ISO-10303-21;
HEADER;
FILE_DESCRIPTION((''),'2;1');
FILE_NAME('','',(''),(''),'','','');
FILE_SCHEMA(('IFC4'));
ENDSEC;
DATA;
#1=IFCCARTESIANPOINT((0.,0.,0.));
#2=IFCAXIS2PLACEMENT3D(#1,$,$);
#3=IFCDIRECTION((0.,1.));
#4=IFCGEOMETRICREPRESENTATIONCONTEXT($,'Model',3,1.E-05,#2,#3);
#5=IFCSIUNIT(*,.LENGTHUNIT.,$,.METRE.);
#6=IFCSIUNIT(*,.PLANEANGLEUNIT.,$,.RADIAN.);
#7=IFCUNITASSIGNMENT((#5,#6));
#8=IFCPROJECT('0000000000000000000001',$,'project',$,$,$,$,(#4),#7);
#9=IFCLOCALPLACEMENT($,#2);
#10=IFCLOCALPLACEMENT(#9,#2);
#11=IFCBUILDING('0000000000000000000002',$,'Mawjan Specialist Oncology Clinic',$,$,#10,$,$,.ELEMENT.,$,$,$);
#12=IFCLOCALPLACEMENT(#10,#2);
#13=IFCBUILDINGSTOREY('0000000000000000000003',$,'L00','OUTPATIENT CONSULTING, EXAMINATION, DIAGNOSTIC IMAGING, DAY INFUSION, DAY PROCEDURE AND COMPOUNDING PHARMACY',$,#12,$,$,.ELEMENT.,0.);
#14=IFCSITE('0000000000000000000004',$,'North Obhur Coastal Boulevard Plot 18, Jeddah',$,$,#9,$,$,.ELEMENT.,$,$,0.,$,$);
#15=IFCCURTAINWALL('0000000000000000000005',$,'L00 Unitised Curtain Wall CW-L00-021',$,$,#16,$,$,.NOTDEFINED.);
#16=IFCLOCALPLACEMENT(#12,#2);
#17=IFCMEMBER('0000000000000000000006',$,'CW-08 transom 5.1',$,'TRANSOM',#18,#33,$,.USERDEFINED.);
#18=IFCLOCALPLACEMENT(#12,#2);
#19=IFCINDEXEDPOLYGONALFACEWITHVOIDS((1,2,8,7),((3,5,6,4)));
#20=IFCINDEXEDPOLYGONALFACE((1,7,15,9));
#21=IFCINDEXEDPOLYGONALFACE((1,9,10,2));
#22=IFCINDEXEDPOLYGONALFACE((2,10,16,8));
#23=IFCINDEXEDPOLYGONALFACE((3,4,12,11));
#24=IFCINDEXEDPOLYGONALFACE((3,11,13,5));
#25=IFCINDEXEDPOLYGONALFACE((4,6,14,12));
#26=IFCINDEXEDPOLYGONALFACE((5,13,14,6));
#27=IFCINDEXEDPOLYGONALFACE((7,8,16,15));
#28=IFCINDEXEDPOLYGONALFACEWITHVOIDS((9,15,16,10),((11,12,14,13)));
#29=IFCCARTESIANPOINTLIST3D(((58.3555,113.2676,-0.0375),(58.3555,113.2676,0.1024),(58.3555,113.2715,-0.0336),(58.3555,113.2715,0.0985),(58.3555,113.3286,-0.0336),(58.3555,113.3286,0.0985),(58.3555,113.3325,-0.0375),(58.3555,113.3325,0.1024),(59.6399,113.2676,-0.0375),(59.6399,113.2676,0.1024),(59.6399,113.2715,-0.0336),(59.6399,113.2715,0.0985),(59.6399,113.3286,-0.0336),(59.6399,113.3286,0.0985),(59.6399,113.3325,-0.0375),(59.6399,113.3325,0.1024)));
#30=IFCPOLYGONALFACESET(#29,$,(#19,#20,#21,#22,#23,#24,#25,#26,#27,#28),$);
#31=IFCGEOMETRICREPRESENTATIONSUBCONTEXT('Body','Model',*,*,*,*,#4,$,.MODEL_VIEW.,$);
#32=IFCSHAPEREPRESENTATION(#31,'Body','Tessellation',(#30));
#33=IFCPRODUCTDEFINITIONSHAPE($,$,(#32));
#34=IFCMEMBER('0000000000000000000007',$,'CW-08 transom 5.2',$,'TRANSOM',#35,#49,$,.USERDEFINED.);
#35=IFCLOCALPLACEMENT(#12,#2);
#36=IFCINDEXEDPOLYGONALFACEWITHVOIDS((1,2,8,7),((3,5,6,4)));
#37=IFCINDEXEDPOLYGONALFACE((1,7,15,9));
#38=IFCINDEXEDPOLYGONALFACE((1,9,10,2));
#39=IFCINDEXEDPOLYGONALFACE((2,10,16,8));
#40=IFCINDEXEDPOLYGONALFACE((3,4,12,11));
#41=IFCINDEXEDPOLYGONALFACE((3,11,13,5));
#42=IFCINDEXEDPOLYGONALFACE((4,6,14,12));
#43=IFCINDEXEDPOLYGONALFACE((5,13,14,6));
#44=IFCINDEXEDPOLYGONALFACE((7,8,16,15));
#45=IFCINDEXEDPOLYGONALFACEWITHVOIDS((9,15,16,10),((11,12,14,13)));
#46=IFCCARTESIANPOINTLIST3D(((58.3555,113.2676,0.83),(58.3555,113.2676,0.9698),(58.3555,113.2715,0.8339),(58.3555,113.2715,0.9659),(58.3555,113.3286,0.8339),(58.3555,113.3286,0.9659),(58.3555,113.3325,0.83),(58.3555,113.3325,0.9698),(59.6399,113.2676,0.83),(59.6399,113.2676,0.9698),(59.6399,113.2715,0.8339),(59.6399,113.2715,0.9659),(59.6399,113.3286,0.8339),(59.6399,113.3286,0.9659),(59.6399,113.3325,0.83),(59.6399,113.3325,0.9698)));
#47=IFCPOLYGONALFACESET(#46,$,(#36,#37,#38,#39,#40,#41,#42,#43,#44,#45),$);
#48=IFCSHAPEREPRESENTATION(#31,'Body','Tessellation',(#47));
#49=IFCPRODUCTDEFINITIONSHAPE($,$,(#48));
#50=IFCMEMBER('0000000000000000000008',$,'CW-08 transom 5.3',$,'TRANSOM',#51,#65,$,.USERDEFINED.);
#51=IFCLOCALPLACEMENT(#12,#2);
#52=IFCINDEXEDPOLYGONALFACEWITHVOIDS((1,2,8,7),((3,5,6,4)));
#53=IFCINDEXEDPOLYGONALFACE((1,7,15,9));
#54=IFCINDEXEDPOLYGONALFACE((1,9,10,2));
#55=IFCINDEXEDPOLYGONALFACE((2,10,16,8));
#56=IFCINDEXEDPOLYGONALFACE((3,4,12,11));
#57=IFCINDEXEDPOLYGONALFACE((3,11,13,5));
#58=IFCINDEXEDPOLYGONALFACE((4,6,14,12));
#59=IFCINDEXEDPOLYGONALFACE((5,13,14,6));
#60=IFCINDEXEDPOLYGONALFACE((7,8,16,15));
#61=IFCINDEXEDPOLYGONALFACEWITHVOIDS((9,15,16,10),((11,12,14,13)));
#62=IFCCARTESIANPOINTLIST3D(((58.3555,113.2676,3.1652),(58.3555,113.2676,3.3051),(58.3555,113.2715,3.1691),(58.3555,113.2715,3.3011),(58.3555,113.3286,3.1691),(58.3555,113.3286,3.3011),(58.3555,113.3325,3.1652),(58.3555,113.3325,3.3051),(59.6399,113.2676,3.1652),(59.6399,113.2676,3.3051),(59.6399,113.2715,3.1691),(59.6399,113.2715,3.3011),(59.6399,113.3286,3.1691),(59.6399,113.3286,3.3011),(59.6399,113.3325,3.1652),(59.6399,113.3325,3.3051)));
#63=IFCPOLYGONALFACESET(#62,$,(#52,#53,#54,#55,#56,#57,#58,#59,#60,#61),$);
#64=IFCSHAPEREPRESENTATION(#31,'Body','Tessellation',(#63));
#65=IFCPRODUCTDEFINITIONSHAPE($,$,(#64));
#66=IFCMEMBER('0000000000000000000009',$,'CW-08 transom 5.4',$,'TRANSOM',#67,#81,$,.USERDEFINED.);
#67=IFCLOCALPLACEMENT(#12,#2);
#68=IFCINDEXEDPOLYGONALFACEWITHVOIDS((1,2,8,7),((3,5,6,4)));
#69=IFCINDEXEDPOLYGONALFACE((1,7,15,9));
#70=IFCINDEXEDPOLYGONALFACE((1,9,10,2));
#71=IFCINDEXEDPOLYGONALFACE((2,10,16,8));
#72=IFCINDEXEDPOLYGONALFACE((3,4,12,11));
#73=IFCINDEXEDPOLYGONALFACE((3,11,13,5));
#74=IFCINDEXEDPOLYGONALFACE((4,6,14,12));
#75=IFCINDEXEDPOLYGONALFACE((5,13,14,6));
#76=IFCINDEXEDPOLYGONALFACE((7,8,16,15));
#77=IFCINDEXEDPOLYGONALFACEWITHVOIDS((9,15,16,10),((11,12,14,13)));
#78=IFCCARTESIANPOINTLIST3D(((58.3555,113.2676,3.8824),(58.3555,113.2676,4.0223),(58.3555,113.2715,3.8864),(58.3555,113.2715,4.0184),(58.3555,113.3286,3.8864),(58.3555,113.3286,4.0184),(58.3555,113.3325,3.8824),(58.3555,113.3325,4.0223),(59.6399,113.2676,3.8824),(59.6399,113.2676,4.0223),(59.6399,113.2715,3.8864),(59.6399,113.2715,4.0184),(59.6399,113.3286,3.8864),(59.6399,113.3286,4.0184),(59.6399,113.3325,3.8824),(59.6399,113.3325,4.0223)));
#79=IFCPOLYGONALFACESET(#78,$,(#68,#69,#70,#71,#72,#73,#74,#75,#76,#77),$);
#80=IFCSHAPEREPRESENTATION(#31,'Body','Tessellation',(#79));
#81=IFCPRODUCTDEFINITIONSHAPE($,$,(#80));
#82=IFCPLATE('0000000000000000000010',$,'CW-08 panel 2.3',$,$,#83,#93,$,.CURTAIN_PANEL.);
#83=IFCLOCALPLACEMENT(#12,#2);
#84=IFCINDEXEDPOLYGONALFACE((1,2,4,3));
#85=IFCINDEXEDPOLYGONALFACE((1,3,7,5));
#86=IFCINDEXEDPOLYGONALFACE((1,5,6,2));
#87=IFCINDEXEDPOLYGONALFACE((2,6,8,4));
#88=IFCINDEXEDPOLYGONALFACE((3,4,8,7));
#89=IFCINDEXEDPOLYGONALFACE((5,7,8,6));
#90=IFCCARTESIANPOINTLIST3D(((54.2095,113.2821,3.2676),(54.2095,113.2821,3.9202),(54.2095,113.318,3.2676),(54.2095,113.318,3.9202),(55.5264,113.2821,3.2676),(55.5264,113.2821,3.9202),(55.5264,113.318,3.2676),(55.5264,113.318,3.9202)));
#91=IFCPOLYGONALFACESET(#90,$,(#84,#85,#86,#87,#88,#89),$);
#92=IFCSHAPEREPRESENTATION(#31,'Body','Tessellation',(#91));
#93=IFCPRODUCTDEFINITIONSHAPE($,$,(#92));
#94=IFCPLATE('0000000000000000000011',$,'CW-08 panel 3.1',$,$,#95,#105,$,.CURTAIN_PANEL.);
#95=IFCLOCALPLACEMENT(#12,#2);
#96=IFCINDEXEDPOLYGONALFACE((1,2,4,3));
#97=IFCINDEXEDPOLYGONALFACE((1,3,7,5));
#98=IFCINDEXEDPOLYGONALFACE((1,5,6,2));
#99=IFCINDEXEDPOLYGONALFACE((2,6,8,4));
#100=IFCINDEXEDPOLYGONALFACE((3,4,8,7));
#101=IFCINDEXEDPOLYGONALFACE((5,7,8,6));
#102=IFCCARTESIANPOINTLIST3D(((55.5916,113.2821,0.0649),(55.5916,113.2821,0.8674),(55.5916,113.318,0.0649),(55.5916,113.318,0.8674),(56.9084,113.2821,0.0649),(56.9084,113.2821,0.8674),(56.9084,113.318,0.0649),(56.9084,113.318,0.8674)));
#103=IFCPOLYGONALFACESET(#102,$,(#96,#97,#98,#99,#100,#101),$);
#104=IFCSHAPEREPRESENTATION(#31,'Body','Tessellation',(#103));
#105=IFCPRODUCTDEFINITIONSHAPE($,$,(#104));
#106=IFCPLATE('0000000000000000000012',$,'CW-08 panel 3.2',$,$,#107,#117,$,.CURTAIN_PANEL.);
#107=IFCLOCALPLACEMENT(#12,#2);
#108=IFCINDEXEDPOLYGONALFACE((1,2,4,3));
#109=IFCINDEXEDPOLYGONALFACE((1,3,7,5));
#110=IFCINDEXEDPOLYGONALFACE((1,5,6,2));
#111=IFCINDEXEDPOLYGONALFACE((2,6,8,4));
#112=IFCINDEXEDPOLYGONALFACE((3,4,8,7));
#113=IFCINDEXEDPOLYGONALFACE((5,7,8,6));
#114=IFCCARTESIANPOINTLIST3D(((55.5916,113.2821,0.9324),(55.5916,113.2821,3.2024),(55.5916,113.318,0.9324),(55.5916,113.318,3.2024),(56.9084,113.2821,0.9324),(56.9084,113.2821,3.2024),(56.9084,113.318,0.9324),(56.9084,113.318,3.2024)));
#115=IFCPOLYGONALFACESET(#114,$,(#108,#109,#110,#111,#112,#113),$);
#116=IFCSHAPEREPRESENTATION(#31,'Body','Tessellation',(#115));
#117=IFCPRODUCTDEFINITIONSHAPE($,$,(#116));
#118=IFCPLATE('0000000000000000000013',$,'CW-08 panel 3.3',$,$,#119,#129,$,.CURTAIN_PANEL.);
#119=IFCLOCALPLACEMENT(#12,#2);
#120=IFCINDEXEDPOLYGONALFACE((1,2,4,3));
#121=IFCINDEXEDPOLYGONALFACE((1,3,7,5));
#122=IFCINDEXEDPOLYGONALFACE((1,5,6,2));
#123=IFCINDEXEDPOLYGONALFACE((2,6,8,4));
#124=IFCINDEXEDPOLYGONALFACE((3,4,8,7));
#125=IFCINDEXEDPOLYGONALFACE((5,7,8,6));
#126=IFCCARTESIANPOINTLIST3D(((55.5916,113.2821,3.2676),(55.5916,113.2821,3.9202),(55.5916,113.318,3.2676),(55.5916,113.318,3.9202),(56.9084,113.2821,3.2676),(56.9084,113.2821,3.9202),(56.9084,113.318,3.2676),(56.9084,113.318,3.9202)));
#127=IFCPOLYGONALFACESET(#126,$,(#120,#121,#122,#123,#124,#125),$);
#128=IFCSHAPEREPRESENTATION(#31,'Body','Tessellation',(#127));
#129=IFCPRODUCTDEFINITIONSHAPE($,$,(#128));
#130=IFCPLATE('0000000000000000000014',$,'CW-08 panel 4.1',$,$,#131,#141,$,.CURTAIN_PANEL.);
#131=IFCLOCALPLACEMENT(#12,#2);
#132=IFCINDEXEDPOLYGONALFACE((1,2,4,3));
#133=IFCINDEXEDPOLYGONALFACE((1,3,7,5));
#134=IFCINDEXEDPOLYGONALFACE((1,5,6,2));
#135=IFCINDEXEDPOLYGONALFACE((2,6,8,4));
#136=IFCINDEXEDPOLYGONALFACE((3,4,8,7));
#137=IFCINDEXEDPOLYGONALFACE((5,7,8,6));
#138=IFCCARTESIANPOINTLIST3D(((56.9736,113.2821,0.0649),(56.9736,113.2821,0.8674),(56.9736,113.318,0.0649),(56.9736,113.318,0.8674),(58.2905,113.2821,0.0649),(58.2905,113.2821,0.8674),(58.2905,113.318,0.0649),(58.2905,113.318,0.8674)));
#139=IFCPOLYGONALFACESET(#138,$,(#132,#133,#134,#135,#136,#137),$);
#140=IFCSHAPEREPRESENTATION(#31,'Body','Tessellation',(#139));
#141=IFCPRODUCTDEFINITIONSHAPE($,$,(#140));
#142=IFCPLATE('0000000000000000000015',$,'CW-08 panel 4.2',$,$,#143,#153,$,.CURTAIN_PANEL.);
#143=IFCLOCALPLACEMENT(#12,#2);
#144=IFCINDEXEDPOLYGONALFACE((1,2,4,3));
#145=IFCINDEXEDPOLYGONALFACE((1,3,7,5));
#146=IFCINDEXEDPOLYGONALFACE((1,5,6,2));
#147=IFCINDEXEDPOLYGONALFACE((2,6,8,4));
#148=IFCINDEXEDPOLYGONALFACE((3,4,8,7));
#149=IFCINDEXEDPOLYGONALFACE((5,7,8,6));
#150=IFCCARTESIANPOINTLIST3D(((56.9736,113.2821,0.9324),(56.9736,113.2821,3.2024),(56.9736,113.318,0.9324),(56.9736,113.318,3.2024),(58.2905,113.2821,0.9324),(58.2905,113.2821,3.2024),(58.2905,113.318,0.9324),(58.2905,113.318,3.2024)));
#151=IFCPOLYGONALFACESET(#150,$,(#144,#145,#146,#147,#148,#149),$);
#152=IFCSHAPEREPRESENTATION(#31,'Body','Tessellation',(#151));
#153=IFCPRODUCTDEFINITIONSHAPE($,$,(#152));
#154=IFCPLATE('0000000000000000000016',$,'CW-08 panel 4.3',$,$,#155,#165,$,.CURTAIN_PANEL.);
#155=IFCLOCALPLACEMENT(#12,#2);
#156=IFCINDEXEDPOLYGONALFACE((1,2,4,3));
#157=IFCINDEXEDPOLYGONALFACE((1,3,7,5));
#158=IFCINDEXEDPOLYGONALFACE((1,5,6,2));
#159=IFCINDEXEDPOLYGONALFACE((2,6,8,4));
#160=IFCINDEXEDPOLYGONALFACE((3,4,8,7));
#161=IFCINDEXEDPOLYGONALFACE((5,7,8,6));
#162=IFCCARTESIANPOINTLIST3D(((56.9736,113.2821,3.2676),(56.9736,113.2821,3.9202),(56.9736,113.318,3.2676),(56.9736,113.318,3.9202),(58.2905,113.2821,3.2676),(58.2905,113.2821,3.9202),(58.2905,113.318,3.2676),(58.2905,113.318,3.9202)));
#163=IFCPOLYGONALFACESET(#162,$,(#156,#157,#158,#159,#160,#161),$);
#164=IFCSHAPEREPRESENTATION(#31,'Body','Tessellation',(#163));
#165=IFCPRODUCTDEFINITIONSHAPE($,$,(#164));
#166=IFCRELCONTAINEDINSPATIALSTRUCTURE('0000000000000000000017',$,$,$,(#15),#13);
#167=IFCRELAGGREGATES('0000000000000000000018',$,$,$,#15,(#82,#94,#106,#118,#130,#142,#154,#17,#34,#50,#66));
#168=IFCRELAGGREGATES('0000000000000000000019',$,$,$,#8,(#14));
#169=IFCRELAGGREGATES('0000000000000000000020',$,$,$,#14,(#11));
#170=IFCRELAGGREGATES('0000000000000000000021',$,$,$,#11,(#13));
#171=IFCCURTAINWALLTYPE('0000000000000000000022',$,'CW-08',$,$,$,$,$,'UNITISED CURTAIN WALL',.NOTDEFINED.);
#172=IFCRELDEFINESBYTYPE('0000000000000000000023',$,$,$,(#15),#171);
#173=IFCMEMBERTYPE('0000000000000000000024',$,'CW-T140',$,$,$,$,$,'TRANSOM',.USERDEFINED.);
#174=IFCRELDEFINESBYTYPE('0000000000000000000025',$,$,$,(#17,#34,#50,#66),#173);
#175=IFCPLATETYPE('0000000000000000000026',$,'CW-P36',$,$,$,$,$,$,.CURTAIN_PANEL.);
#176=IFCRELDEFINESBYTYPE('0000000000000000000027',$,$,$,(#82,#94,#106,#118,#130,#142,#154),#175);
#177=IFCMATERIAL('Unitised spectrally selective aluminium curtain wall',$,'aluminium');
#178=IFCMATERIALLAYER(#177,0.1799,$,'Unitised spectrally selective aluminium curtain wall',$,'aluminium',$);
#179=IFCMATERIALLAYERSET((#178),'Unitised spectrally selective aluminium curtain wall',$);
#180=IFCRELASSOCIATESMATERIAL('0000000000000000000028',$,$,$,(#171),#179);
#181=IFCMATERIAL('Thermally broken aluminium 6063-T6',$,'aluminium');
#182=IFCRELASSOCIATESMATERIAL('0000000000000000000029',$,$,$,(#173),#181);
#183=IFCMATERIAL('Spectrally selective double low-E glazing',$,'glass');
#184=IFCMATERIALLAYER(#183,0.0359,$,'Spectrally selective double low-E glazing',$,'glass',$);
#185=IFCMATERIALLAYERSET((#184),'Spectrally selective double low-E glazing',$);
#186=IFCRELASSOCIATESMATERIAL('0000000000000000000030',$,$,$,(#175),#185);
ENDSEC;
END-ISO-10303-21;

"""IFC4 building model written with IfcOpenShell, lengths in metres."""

from ifc_helpers import new_model, si_unit, direction, frame, origin, origin_2d, place, context, subcontext, project, spatial, rectangle, hollow_rectangle, extrude, material, layer, layer_set, material_profile, profile_set, type_object, element, aggregate, save


model = new_model("IFC4")

# Units and contexts
model_context = context("Model", 3, precision=1e-05, world=origin(), true_north=direction((0.0, 1.0)))
body_context = subcontext(model_context, "Body", "Model", "MODEL_VIEW")
ifc_project = project(units=[si_unit("LENGTHUNIT", "METRE"), si_unit("PLANEANGLEUNIT", "RADIAN")], contexts=[model_context])

# Site, building, storey
site_placement = place(None, origin())
site = spatial("IfcSite", under=ifc_project, at=site_placement, Name="North Obhur Coastal Boulevard Plot 18, Jeddah", CompositionType="ELEMENT", RefElevation=0.0)
building_placement = place(site_placement, origin())
building = spatial("IfcBuilding", under=site, at=building_placement, Name="Mawjan Specialist Oncology Clinic", CompositionType="ELEMENT")
storey_placement = place(building_placement, origin())
storey = spatial("IfcBuildingStorey", under=building, at=storey_placement, Name="L00", Description="OUTPATIENT CONSULTING, EXAMINATION, DIAGNOSTIC IMAGING, DAY INFUSION, DAY PROCEDURE AND COMPOUNDING PHARMACY", CompositionType="ELEMENT", Elevation=0.0)

# Curtain wall, members, plates
ifc_material_1 = material(Name="Unitised spectrally selective aluminium curtain wall", Category="aluminium")
ifc_layer_1 = layer(ifc_material_1, 0.1799, Name="Unitised spectrally selective aluminium curtain wall", Category="aluminium")
ifc_layer_set_1 = layer_set([ifc_layer_1], Name="Unitised spectrally selective aluminium curtain wall")
curtain_wall_type = type_object("IfcCurtainWallType", Name="CW-08", ElementType="UNITISED CURTAIN WALL", PredefinedType="NOTDEFINED", material=ifc_layer_set_1)
curtain_wall_placement = place(storey_placement, origin())
curtain_wall = element("IfcCurtainWall", 1, at=curtain_wall_placement, inside=storey, type_object=curtain_wall_type, Name="L00 Unitised Curtain Wall CW-L00-021", PredefinedType="NOTDEFINED")
ifc_material_2 = material(Name="Thermally broken aluminium 6063-T6", Category="aluminium")
ifc_material_profile_1 = material_profile(ifc_material_2, hollow_rectangle(XDim=0.0649, YDim=0.1399, WallThickness=0.0039, at=origin_2d()), Name="ALU TRANSOM 140x65x4", Category="aluminium")
ifc_profile_set_1 = profile_set([ifc_material_profile_1], Name="Thermally broken aluminium 6063-T6")
member_type_1 = type_object("IfcMemberType", Name="CW-T140", ElementType="TRANSOM", PredefinedType="USERDEFINED", material=ifc_profile_set_1)
member_1_placement = place(storey_placement, frame((58.3555, 113.3, 0.0325), z_axis=(1.0, 0.0, 0.0), x_axis=(0.0, 1.0, 0.0)))
member_1 = element("IfcMember", 2, at=member_1_placement, type_object=member_type_1, Name="CW-08 transom 5.1", ObjectType="TRANSOM", PredefinedType="USERDEFINED", context=body_context, shape_type="SweptSolid", body=[
    extrude(hollow_rectangle(XDim=0.0649, YDim=0.1399, WallThickness=0.0039, at=origin_2d()), origin(), (0.0, 0.0, 1.0), 1.2844),
])
member_2_placement = place(storey_placement, frame((58.3555, 113.3, 0.8999), z_axis=(1.0, 0.0, 0.0), x_axis=(0.0, 1.0, 0.0)))
member_2 = element("IfcMember", 3, at=member_2_placement, type_object=member_type_1, Name="CW-08 transom 5.2", ObjectType="TRANSOM", PredefinedType="USERDEFINED", context=body_context, shape_type="SweptSolid", body=[
    extrude(hollow_rectangle(XDim=0.0649, YDim=0.1399, WallThickness=0.0039, at=origin_2d()), origin(), (0.0, 0.0, 1.0), 1.2844),
])
member_3_placement = place(storey_placement, frame((58.3555, 113.3, 3.2351), z_axis=(1.0, 0.0, 0.0), x_axis=(0.0, 1.0, 0.0)))
member_3 = element("IfcMember", 4, at=member_3_placement, type_object=member_type_1, Name="CW-08 transom 5.3", ObjectType="TRANSOM", PredefinedType="USERDEFINED", context=body_context, shape_type="SweptSolid", body=[
    extrude(hollow_rectangle(XDim=0.0649, YDim=0.1399, WallThickness=0.0039, at=origin_2d()), origin(), (0.0, 0.0, 1.0), 1.2844),
])
member_4_placement = place(storey_placement, frame((58.3555, 113.3, 3.9524), z_axis=(1.0, 0.0, 0.0), x_axis=(0.0, 1.0, 0.0)))
member_4 = element("IfcMember", 5, at=member_4_placement, type_object=member_type_1, Name="CW-08 transom 5.4", ObjectType="TRANSOM", PredefinedType="USERDEFINED", context=body_context, shape_type="SweptSolid", body=[
    extrude(hollow_rectangle(XDim=0.0649, YDim=0.1399, WallThickness=0.0039, at=origin_2d()), origin(), (0.0, 0.0, 1.0), 1.2844),
])
ifc_material_3 = material(Name="Spectrally selective double low-E glazing", Category="glass")
ifc_layer_2 = layer(ifc_material_3, 0.0359, Name="Spectrally selective double low-E glazing", Category="glass")
ifc_layer_set_2 = layer_set([ifc_layer_2], Name="Spectrally selective double low-E glazing")
plate_type = type_object("IfcPlateType", Name="CW-P36", PredefinedType="CURTAIN_PANEL", material=ifc_layer_set_2)
plate_1_placement = place(storey_placement, frame((54.8679, 113.3, 3.2676), z_axis=(0.0, 0.0, 1.0), x_axis=(1.0, 0.0, 0.0)))
plate_1 = element("IfcPlate", 6, at=plate_1_placement, type_object=plate_type, Name="CW-08 panel 2.3", PredefinedType="CURTAIN_PANEL", context=body_context, shape_type="SweptSolid", body=[
    extrude(rectangle(XDim=1.3169, YDim=0.0359, at=origin_2d()), origin(), (0.0, 0.0, 1.0), 0.6526),
])
plate_2_placement = place(storey_placement, frame((56.25, 113.3, 0.0649), z_axis=(0.0, 0.0, 1.0), x_axis=(1.0, 0.0, 0.0)))
plate_2 = element("IfcPlate", 7, at=plate_2_placement, type_object=plate_type, Name="CW-08 panel 3.1", PredefinedType="CURTAIN_PANEL", context=body_context, shape_type="SweptSolid", body=[
    extrude(rectangle(XDim=1.3169, YDim=0.0359, at=origin_2d()), origin(), (0.0, 0.0, 1.0), 0.8025),
])
plate_3_placement = place(storey_placement, frame((56.25, 113.3, 0.9324), z_axis=(0.0, 0.0, 1.0), x_axis=(1.0, 0.0, 0.0)))
plate_3 = element("IfcPlate", 8, at=plate_3_placement, type_object=plate_type, Name="CW-08 panel 3.2", PredefinedType="CURTAIN_PANEL", context=body_context, shape_type="SweptSolid", body=[
    extrude(rectangle(XDim=1.3169, YDim=0.0359, at=origin_2d()), origin(), (0.0, 0.0, 1.0), 2.27),
])
plate_4_placement = place(storey_placement, frame((56.25, 113.3, 3.2676), z_axis=(0.0, 0.0, 1.0), x_axis=(1.0, 0.0, 0.0)))
plate_4 = element("IfcPlate", 9, at=plate_4_placement, type_object=plate_type, Name="CW-08 panel 3.3", PredefinedType="CURTAIN_PANEL", context=body_context, shape_type="SweptSolid", body=[
    extrude(rectangle(XDim=1.3169, YDim=0.0359, at=origin_2d()), origin(), (0.0, 0.0, 1.0), 0.6526),
])
plate_5_placement = place(storey_placement, frame((57.6321, 113.3, 0.0649), z_axis=(0.0, 0.0, 1.0), x_axis=(1.0, 0.0, 0.0)))
plate_5 = element("IfcPlate", 10, at=plate_5_placement, type_object=plate_type, Name="CW-08 panel 4.1", PredefinedType="CURTAIN_PANEL", context=body_context, shape_type="SweptSolid", body=[
    extrude(rectangle(XDim=1.3169, YDim=0.0359, at=origin_2d()), origin(), (0.0, 0.0, 1.0), 0.8025),
])
plate_6_placement = place(storey_placement, frame((57.6321, 113.3, 0.9324), z_axis=(0.0, 0.0, 1.0), x_axis=(1.0, 0.0, 0.0)))
plate_6 = element("IfcPlate", 11, at=plate_6_placement, type_object=plate_type, Name="CW-08 panel 4.2", PredefinedType="CURTAIN_PANEL", context=body_context, shape_type="SweptSolid", body=[
    extrude(rectangle(XDim=1.3169, YDim=0.0359, at=origin_2d()), origin(), (0.0, 0.0, 1.0), 2.27),
])
plate_7_placement = place(storey_placement, frame((57.6321, 113.3, 3.2676), z_axis=(0.0, 0.0, 1.0), x_axis=(1.0, 0.0, 0.0)))
plate_7 = element("IfcPlate", 12, at=plate_7_placement, type_object=plate_type, Name="CW-08 panel 4.3", PredefinedType="CURTAIN_PANEL", context=body_context, shape_type="SweptSolid", body=[
    extrude(rectangle(XDim=1.3169, YDim=0.0359, at=origin_2d()), origin(), (0.0, 0.0, 1.0), 0.6526),
])
aggregate(curtain_wall, [plate_1, plate_2, plate_3, plate_4, plate_5, plate_6, plate_7, member_1, member_2, member_3, member_4])

save(model, "model.ifc")
